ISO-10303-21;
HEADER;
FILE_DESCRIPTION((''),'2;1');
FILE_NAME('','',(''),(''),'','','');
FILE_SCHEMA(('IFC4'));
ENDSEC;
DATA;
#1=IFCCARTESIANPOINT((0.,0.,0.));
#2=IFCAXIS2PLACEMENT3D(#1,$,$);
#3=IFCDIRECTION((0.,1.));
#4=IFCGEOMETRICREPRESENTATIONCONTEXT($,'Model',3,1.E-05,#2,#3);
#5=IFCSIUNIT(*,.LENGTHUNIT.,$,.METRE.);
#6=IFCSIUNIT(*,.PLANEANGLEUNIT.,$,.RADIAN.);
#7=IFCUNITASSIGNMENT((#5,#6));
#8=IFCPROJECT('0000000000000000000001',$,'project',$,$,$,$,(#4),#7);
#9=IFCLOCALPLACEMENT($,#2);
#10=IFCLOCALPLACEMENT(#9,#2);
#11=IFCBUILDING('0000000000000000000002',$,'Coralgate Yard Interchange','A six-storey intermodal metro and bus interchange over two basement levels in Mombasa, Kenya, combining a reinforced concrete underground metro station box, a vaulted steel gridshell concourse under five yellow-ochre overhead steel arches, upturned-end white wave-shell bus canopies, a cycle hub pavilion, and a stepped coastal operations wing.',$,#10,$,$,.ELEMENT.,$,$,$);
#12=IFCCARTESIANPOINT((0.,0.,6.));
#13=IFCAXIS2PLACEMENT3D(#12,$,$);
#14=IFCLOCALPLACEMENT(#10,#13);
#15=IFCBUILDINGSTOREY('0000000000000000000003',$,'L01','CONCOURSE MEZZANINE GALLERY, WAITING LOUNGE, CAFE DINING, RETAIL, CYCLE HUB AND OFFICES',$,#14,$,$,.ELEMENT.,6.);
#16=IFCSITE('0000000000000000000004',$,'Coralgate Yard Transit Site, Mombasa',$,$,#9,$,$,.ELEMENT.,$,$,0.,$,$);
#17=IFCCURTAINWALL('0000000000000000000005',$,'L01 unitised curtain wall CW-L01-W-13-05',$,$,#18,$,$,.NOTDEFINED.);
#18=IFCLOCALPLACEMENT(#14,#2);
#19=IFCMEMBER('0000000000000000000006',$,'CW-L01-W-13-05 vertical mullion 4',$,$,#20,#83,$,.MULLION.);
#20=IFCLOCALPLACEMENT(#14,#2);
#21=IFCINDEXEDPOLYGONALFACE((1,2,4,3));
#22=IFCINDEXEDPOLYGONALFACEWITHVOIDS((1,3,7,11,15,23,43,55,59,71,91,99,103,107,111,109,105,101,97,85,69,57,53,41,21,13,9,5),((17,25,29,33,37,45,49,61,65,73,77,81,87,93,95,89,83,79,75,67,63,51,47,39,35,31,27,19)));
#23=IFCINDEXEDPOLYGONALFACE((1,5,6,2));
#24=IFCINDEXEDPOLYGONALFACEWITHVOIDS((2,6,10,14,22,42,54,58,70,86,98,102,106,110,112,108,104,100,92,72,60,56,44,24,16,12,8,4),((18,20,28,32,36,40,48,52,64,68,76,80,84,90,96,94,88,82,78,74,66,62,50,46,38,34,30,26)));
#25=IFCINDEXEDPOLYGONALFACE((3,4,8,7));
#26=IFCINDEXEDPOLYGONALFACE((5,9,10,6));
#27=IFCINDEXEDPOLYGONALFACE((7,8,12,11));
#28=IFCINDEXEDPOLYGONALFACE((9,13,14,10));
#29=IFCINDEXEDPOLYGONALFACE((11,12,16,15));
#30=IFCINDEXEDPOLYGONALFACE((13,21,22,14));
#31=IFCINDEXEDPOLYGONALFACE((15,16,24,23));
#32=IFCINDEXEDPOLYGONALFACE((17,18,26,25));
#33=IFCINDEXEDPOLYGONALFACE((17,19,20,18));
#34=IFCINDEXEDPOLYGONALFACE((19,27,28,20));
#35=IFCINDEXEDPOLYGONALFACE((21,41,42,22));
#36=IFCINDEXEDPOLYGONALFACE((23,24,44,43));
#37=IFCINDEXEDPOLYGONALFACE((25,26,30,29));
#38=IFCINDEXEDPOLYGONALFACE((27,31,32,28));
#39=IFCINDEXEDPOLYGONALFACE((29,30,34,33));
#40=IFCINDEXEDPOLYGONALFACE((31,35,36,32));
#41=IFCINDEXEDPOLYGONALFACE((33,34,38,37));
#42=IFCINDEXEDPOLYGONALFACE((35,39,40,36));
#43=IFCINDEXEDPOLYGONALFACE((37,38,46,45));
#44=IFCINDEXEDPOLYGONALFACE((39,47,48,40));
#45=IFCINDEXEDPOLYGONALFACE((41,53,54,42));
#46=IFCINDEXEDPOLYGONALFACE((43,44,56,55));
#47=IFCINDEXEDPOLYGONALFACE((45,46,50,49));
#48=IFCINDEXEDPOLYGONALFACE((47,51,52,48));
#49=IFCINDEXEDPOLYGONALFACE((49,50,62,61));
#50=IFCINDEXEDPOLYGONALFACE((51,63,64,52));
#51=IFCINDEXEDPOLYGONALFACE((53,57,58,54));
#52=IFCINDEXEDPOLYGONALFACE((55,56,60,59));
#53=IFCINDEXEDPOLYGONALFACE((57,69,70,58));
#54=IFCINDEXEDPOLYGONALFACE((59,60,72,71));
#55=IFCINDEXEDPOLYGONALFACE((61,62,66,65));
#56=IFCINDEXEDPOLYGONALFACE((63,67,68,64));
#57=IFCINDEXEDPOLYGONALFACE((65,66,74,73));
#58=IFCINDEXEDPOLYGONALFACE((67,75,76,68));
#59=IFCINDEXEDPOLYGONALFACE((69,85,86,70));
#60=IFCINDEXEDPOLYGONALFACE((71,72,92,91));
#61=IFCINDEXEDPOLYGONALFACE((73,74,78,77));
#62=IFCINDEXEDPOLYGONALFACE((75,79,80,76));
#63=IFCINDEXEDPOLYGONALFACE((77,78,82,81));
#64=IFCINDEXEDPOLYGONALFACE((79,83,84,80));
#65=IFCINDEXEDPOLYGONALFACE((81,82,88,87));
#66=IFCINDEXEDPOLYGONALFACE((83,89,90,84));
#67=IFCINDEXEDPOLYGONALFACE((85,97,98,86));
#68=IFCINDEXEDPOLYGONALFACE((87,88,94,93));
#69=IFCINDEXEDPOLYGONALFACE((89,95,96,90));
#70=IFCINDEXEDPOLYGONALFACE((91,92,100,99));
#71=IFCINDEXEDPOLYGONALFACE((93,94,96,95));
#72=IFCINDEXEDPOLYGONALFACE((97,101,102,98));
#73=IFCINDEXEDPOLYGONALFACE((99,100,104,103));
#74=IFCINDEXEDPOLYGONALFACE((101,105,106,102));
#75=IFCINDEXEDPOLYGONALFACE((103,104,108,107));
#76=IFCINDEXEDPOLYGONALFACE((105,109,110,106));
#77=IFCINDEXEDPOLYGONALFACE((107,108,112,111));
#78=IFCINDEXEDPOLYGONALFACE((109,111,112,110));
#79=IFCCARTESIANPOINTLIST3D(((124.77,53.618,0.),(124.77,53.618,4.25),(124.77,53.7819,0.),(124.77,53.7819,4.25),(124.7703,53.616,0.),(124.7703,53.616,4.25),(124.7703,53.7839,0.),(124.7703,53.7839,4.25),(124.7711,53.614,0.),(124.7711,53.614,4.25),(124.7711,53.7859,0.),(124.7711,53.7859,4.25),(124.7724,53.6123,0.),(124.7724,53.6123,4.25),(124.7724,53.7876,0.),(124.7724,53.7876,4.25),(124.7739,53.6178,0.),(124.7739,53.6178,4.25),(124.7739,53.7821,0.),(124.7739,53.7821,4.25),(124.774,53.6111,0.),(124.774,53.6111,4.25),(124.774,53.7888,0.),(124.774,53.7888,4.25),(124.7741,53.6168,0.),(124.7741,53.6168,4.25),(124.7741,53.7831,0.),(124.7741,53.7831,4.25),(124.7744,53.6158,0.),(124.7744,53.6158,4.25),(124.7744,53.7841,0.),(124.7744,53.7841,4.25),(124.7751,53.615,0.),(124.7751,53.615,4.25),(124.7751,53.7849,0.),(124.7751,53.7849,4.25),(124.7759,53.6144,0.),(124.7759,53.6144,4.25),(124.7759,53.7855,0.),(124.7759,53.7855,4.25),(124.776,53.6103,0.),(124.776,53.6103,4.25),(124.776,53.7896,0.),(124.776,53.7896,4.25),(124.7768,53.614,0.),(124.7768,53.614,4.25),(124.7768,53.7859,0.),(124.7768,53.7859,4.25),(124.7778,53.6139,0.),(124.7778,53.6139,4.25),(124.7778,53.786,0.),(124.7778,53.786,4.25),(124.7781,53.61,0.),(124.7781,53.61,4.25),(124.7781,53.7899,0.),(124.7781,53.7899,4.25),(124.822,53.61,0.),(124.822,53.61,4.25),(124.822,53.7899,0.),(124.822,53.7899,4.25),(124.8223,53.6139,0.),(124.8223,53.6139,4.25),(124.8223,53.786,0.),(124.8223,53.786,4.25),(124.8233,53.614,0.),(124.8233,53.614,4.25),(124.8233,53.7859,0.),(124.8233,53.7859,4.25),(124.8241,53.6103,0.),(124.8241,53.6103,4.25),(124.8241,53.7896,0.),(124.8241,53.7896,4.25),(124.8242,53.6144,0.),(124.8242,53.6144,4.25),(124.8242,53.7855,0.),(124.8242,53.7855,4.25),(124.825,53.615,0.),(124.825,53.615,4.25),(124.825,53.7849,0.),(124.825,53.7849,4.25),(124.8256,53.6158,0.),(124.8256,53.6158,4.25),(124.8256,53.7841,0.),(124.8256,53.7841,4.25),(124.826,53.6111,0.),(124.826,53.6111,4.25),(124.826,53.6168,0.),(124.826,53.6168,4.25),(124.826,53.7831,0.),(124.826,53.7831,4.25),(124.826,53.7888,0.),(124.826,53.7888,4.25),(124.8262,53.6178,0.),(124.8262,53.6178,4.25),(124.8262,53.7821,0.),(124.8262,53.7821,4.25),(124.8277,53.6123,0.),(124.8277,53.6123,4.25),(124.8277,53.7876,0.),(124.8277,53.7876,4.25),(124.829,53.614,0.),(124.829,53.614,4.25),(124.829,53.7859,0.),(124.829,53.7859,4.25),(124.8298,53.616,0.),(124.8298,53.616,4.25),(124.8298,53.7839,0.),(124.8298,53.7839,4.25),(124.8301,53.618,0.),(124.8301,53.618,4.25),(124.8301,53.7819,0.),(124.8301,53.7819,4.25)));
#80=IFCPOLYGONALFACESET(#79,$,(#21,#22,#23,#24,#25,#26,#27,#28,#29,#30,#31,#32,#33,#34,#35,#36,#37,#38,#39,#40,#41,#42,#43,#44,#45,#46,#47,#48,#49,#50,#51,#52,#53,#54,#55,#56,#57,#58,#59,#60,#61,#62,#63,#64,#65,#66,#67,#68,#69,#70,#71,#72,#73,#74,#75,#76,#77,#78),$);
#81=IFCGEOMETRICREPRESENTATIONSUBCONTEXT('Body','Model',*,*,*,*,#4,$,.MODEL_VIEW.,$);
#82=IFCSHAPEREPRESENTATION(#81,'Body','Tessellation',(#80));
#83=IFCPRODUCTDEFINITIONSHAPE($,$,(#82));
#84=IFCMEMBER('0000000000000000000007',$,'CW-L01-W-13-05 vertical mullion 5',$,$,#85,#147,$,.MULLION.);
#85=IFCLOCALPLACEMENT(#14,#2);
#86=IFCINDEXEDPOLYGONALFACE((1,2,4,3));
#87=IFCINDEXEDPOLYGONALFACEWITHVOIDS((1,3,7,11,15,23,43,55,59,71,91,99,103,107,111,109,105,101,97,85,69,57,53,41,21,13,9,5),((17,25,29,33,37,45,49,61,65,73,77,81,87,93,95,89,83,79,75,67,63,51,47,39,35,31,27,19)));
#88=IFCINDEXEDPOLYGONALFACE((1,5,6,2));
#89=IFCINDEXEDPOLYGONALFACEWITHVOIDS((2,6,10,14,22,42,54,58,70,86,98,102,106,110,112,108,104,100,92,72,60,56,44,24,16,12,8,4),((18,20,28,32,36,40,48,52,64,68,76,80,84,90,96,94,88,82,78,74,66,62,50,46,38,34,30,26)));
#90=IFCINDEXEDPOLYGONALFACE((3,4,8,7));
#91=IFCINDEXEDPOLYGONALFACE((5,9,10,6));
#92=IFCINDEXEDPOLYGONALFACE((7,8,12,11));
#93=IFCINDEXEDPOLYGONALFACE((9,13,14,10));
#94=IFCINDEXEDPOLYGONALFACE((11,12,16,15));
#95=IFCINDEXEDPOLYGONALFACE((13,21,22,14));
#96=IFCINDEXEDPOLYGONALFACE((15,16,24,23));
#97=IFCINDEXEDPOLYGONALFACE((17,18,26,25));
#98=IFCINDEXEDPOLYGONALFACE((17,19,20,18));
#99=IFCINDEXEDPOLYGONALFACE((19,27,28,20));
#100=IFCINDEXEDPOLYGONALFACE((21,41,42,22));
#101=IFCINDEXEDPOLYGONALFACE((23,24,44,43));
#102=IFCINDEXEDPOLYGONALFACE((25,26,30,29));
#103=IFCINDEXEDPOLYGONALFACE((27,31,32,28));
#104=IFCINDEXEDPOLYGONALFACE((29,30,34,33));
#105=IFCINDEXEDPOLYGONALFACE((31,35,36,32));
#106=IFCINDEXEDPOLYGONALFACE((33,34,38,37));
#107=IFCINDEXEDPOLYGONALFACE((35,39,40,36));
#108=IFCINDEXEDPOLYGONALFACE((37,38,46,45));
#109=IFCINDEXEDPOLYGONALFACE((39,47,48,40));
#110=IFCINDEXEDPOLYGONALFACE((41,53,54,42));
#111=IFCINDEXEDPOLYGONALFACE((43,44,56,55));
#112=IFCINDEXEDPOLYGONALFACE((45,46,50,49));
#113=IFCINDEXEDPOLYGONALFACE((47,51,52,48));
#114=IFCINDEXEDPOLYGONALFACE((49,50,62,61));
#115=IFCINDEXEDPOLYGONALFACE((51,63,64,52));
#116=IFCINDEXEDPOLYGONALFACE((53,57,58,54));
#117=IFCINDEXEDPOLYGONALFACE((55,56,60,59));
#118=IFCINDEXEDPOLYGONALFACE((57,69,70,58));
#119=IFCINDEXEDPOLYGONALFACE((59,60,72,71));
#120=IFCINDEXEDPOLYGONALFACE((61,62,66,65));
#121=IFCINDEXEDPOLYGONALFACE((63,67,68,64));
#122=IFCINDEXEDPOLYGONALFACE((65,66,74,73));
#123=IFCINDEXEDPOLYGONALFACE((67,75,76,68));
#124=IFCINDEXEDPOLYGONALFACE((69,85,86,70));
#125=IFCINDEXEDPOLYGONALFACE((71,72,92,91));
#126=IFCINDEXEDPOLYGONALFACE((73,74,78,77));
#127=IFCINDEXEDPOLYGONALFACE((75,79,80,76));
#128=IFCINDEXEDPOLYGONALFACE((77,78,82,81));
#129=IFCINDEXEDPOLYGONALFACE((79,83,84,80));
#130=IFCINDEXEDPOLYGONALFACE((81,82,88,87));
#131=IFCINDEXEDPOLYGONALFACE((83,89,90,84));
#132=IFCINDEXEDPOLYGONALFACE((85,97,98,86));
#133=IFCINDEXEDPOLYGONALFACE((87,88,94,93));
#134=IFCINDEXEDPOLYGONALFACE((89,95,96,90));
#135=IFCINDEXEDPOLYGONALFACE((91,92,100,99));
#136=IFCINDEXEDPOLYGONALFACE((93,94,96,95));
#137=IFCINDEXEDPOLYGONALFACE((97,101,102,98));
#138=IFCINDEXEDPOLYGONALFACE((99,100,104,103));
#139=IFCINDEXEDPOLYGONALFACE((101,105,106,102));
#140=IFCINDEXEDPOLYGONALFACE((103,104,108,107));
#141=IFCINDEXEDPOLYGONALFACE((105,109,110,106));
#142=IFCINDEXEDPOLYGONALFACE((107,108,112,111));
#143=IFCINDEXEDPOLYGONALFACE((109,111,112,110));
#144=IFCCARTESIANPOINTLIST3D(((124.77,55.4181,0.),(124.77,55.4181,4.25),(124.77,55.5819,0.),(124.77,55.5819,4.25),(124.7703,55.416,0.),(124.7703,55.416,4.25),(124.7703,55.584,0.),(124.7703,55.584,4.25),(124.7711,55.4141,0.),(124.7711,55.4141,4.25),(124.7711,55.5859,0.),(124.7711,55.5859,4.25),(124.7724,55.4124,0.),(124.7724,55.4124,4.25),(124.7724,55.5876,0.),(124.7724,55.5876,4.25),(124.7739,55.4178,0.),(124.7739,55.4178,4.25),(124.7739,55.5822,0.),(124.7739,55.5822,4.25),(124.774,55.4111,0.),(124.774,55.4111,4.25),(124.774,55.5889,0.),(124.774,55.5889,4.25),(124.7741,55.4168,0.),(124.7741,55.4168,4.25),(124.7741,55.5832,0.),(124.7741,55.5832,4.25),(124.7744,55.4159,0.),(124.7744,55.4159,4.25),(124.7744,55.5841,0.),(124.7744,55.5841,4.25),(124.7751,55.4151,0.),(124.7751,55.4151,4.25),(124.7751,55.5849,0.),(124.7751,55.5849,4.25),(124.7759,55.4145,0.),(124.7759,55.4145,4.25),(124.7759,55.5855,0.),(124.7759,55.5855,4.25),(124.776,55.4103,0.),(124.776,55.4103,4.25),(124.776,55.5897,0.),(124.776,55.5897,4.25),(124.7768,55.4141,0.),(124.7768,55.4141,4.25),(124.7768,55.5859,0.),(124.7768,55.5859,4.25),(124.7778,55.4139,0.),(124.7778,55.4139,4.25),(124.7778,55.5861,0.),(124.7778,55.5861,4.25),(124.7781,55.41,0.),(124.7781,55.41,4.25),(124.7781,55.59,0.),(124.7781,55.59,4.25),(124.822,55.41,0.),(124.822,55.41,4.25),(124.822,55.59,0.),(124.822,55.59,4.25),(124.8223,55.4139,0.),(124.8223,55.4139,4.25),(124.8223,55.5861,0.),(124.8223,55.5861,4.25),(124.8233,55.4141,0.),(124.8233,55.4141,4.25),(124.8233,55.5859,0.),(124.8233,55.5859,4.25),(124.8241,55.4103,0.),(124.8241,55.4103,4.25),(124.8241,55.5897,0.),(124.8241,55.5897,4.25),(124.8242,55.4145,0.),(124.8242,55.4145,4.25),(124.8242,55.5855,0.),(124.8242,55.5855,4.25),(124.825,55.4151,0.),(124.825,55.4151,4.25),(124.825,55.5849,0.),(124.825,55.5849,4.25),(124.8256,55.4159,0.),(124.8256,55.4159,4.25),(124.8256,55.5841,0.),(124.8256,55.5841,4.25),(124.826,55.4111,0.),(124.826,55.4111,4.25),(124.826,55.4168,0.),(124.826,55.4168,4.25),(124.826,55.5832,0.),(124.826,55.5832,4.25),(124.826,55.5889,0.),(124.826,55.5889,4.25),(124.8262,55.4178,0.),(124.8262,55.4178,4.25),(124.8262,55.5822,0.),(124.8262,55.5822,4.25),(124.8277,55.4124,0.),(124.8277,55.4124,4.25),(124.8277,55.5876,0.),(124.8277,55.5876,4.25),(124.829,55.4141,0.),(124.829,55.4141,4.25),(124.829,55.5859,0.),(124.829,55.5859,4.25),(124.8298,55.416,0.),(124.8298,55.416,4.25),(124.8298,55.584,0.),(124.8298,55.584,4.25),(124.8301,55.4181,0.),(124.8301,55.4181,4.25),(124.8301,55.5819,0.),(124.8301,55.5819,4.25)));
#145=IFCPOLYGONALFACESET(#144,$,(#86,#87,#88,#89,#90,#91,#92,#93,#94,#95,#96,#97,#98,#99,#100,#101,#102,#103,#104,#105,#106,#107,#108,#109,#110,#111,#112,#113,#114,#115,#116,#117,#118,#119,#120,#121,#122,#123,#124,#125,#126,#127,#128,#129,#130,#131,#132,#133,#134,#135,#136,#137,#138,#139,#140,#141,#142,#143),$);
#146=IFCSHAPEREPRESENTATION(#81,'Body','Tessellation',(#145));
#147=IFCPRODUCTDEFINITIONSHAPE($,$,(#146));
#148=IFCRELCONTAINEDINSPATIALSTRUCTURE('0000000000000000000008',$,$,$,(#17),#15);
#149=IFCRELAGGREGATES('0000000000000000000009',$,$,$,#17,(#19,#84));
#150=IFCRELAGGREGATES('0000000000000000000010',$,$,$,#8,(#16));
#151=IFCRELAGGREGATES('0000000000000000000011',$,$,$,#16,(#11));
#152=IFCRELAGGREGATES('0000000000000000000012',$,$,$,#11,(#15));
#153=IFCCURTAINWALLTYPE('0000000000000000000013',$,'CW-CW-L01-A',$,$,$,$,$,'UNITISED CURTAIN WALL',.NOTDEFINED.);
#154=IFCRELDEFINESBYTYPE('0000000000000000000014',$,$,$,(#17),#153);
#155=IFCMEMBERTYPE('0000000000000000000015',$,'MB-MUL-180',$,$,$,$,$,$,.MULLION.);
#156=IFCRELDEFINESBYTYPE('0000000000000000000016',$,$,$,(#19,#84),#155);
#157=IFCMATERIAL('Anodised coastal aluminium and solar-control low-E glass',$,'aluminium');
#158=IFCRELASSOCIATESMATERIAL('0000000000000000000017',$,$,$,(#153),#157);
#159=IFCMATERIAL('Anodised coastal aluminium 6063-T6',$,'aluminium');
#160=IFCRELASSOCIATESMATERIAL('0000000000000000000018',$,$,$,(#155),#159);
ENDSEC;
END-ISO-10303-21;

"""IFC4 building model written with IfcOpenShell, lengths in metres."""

from ifc_helpers import new_model, si_unit, direction, frame, origin, origin_2d, place, context, subcontext, project, spatial, hollow_rectangle, extrude, material, material_profile, profile_set, type_object, element, aggregate, save


model = new_model("IFC4")

# Units and contexts
model_context = context("Model", 3, precision=1e-05, world=origin(), true_north=direction((0.0, 1.0)))
body_context = subcontext(model_context, "Body", "Model", "MODEL_VIEW")
ifc_project = project(units=[si_unit("LENGTHUNIT", "METRE"), si_unit("PLANEANGLEUNIT", "RADIAN")], contexts=[model_context])

# Site, building, storey
site_placement = place(None, origin())
site = spatial("IfcSite", under=ifc_project, at=site_placement, Name="Coralgate Yard Transit Site, Mombasa", CompositionType="ELEMENT", RefElevation=0.0)
building_placement = place(site_placement, origin())
building = spatial("IfcBuilding", under=site, at=building_placement, Name="Coralgate Yard Interchange", Description="A six-storey intermodal metro and bus interchange over two basement levels in Mombasa, Kenya, combining a reinforced concrete underground metro station box, a vaulted steel gridshell concourse under five yellow-ochre overhead steel arches, upturned-end white wave-shell bus canopies, a cycle hub pavilion, and a stepped coastal operations wing.", CompositionType="ELEMENT")
storey_placement = place(building_placement, frame((0.0, 0.0, 6.0)))
storey = spatial("IfcBuildingStorey", under=building, at=storey_placement, Name="L01", Description="CONCOURSE MEZZANINE GALLERY, WAITING LOUNGE, CAFE DINING, RETAIL, CYCLE HUB AND OFFICES", CompositionType="ELEMENT", Elevation=6.0)

# Curtain wall, members
ifc_material_1 = material(Name="Anodised coastal aluminium and solar-control low-E glass", Category="aluminium")
curtain_wall_type = type_object("IfcCurtainWallType", Name="CW-CW-L01-A", ElementType="UNITISED CURTAIN WALL", PredefinedType="NOTDEFINED", material=ifc_material_1)
curtain_wall_1_placement = place(storey_placement, origin())
curtain_wall_1 = element("IfcCurtainWall", 1, at=curtain_wall_1_placement, inside=storey, type_object=curtain_wall_type, Name="L01 unitised curtain wall CW-L01-W-13-05", PredefinedType="NOTDEFINED")
ifc_material_2 = material(Name="Anodised coastal aluminium 6063-T6", Category="aluminium")
ifc_material_profile_1 = material_profile(ifc_material_2, hollow_rectangle(XDim=0.0601, YDim=0.1799, WallThickness=0.0039, InnerFilletRadius=0.0039, OuterFilletRadius=0.0081, at=origin_2d()), Name="ALU 60x180x4")
ifc_profile_set_1 = profile_set([ifc_material_profile_1], Name="Anodised coastal aluminium 6063-T6")
member_type_1 = type_object("IfcMemberType", Name="MB-MUL-180", PredefinedType="MULLION", material=ifc_profile_set_1)
member_1_placement = place(storey_placement, frame((124.8, 53.7, 0.0), z_axis=(0.0, 0.0, 1.0), x_axis=(1.0, 0.0, 0.0)))
member_1 = element("IfcMember", 2, at=member_1_placement, type_object=member_type_1, Name="CW-L01-W-13-05 vertical mullion 4", PredefinedType="MULLION", context=body_context, shape_type="SweptSolid", body=[
    extrude(hollow_rectangle(XDim=0.0601, YDim=0.1799, WallThickness=0.0039, InnerFilletRadius=0.0039, OuterFilletRadius=0.0081, at=origin_2d()), origin(), (0.0, 0.0, 1.0), 4.25),
])
member_2_placement = place(storey_placement, frame((124.8, 55.5, 0.0), z_axis=(0.0, 0.0, 1.0), x_axis=(1.0, 0.0, 0.0)))
member_2 = element("IfcMember", 3, at=member_2_placement, type_object=member_type_1, Name="CW-L01-W-13-05 vertical mullion 5", PredefinedType="MULLION", context=body_context, shape_type="SweptSolid", body=[
    extrude(hollow_rectangle(XDim=0.0601, YDim=0.1799, WallThickness=0.0039, InnerFilletRadius=0.0039, OuterFilletRadius=0.0081, at=origin_2d()), origin(), (0.0, 0.0, 1.0), 4.25),
])

aggregate(curtain_wall_1, [member_1, member_2])

save(model, "model.ifc")
